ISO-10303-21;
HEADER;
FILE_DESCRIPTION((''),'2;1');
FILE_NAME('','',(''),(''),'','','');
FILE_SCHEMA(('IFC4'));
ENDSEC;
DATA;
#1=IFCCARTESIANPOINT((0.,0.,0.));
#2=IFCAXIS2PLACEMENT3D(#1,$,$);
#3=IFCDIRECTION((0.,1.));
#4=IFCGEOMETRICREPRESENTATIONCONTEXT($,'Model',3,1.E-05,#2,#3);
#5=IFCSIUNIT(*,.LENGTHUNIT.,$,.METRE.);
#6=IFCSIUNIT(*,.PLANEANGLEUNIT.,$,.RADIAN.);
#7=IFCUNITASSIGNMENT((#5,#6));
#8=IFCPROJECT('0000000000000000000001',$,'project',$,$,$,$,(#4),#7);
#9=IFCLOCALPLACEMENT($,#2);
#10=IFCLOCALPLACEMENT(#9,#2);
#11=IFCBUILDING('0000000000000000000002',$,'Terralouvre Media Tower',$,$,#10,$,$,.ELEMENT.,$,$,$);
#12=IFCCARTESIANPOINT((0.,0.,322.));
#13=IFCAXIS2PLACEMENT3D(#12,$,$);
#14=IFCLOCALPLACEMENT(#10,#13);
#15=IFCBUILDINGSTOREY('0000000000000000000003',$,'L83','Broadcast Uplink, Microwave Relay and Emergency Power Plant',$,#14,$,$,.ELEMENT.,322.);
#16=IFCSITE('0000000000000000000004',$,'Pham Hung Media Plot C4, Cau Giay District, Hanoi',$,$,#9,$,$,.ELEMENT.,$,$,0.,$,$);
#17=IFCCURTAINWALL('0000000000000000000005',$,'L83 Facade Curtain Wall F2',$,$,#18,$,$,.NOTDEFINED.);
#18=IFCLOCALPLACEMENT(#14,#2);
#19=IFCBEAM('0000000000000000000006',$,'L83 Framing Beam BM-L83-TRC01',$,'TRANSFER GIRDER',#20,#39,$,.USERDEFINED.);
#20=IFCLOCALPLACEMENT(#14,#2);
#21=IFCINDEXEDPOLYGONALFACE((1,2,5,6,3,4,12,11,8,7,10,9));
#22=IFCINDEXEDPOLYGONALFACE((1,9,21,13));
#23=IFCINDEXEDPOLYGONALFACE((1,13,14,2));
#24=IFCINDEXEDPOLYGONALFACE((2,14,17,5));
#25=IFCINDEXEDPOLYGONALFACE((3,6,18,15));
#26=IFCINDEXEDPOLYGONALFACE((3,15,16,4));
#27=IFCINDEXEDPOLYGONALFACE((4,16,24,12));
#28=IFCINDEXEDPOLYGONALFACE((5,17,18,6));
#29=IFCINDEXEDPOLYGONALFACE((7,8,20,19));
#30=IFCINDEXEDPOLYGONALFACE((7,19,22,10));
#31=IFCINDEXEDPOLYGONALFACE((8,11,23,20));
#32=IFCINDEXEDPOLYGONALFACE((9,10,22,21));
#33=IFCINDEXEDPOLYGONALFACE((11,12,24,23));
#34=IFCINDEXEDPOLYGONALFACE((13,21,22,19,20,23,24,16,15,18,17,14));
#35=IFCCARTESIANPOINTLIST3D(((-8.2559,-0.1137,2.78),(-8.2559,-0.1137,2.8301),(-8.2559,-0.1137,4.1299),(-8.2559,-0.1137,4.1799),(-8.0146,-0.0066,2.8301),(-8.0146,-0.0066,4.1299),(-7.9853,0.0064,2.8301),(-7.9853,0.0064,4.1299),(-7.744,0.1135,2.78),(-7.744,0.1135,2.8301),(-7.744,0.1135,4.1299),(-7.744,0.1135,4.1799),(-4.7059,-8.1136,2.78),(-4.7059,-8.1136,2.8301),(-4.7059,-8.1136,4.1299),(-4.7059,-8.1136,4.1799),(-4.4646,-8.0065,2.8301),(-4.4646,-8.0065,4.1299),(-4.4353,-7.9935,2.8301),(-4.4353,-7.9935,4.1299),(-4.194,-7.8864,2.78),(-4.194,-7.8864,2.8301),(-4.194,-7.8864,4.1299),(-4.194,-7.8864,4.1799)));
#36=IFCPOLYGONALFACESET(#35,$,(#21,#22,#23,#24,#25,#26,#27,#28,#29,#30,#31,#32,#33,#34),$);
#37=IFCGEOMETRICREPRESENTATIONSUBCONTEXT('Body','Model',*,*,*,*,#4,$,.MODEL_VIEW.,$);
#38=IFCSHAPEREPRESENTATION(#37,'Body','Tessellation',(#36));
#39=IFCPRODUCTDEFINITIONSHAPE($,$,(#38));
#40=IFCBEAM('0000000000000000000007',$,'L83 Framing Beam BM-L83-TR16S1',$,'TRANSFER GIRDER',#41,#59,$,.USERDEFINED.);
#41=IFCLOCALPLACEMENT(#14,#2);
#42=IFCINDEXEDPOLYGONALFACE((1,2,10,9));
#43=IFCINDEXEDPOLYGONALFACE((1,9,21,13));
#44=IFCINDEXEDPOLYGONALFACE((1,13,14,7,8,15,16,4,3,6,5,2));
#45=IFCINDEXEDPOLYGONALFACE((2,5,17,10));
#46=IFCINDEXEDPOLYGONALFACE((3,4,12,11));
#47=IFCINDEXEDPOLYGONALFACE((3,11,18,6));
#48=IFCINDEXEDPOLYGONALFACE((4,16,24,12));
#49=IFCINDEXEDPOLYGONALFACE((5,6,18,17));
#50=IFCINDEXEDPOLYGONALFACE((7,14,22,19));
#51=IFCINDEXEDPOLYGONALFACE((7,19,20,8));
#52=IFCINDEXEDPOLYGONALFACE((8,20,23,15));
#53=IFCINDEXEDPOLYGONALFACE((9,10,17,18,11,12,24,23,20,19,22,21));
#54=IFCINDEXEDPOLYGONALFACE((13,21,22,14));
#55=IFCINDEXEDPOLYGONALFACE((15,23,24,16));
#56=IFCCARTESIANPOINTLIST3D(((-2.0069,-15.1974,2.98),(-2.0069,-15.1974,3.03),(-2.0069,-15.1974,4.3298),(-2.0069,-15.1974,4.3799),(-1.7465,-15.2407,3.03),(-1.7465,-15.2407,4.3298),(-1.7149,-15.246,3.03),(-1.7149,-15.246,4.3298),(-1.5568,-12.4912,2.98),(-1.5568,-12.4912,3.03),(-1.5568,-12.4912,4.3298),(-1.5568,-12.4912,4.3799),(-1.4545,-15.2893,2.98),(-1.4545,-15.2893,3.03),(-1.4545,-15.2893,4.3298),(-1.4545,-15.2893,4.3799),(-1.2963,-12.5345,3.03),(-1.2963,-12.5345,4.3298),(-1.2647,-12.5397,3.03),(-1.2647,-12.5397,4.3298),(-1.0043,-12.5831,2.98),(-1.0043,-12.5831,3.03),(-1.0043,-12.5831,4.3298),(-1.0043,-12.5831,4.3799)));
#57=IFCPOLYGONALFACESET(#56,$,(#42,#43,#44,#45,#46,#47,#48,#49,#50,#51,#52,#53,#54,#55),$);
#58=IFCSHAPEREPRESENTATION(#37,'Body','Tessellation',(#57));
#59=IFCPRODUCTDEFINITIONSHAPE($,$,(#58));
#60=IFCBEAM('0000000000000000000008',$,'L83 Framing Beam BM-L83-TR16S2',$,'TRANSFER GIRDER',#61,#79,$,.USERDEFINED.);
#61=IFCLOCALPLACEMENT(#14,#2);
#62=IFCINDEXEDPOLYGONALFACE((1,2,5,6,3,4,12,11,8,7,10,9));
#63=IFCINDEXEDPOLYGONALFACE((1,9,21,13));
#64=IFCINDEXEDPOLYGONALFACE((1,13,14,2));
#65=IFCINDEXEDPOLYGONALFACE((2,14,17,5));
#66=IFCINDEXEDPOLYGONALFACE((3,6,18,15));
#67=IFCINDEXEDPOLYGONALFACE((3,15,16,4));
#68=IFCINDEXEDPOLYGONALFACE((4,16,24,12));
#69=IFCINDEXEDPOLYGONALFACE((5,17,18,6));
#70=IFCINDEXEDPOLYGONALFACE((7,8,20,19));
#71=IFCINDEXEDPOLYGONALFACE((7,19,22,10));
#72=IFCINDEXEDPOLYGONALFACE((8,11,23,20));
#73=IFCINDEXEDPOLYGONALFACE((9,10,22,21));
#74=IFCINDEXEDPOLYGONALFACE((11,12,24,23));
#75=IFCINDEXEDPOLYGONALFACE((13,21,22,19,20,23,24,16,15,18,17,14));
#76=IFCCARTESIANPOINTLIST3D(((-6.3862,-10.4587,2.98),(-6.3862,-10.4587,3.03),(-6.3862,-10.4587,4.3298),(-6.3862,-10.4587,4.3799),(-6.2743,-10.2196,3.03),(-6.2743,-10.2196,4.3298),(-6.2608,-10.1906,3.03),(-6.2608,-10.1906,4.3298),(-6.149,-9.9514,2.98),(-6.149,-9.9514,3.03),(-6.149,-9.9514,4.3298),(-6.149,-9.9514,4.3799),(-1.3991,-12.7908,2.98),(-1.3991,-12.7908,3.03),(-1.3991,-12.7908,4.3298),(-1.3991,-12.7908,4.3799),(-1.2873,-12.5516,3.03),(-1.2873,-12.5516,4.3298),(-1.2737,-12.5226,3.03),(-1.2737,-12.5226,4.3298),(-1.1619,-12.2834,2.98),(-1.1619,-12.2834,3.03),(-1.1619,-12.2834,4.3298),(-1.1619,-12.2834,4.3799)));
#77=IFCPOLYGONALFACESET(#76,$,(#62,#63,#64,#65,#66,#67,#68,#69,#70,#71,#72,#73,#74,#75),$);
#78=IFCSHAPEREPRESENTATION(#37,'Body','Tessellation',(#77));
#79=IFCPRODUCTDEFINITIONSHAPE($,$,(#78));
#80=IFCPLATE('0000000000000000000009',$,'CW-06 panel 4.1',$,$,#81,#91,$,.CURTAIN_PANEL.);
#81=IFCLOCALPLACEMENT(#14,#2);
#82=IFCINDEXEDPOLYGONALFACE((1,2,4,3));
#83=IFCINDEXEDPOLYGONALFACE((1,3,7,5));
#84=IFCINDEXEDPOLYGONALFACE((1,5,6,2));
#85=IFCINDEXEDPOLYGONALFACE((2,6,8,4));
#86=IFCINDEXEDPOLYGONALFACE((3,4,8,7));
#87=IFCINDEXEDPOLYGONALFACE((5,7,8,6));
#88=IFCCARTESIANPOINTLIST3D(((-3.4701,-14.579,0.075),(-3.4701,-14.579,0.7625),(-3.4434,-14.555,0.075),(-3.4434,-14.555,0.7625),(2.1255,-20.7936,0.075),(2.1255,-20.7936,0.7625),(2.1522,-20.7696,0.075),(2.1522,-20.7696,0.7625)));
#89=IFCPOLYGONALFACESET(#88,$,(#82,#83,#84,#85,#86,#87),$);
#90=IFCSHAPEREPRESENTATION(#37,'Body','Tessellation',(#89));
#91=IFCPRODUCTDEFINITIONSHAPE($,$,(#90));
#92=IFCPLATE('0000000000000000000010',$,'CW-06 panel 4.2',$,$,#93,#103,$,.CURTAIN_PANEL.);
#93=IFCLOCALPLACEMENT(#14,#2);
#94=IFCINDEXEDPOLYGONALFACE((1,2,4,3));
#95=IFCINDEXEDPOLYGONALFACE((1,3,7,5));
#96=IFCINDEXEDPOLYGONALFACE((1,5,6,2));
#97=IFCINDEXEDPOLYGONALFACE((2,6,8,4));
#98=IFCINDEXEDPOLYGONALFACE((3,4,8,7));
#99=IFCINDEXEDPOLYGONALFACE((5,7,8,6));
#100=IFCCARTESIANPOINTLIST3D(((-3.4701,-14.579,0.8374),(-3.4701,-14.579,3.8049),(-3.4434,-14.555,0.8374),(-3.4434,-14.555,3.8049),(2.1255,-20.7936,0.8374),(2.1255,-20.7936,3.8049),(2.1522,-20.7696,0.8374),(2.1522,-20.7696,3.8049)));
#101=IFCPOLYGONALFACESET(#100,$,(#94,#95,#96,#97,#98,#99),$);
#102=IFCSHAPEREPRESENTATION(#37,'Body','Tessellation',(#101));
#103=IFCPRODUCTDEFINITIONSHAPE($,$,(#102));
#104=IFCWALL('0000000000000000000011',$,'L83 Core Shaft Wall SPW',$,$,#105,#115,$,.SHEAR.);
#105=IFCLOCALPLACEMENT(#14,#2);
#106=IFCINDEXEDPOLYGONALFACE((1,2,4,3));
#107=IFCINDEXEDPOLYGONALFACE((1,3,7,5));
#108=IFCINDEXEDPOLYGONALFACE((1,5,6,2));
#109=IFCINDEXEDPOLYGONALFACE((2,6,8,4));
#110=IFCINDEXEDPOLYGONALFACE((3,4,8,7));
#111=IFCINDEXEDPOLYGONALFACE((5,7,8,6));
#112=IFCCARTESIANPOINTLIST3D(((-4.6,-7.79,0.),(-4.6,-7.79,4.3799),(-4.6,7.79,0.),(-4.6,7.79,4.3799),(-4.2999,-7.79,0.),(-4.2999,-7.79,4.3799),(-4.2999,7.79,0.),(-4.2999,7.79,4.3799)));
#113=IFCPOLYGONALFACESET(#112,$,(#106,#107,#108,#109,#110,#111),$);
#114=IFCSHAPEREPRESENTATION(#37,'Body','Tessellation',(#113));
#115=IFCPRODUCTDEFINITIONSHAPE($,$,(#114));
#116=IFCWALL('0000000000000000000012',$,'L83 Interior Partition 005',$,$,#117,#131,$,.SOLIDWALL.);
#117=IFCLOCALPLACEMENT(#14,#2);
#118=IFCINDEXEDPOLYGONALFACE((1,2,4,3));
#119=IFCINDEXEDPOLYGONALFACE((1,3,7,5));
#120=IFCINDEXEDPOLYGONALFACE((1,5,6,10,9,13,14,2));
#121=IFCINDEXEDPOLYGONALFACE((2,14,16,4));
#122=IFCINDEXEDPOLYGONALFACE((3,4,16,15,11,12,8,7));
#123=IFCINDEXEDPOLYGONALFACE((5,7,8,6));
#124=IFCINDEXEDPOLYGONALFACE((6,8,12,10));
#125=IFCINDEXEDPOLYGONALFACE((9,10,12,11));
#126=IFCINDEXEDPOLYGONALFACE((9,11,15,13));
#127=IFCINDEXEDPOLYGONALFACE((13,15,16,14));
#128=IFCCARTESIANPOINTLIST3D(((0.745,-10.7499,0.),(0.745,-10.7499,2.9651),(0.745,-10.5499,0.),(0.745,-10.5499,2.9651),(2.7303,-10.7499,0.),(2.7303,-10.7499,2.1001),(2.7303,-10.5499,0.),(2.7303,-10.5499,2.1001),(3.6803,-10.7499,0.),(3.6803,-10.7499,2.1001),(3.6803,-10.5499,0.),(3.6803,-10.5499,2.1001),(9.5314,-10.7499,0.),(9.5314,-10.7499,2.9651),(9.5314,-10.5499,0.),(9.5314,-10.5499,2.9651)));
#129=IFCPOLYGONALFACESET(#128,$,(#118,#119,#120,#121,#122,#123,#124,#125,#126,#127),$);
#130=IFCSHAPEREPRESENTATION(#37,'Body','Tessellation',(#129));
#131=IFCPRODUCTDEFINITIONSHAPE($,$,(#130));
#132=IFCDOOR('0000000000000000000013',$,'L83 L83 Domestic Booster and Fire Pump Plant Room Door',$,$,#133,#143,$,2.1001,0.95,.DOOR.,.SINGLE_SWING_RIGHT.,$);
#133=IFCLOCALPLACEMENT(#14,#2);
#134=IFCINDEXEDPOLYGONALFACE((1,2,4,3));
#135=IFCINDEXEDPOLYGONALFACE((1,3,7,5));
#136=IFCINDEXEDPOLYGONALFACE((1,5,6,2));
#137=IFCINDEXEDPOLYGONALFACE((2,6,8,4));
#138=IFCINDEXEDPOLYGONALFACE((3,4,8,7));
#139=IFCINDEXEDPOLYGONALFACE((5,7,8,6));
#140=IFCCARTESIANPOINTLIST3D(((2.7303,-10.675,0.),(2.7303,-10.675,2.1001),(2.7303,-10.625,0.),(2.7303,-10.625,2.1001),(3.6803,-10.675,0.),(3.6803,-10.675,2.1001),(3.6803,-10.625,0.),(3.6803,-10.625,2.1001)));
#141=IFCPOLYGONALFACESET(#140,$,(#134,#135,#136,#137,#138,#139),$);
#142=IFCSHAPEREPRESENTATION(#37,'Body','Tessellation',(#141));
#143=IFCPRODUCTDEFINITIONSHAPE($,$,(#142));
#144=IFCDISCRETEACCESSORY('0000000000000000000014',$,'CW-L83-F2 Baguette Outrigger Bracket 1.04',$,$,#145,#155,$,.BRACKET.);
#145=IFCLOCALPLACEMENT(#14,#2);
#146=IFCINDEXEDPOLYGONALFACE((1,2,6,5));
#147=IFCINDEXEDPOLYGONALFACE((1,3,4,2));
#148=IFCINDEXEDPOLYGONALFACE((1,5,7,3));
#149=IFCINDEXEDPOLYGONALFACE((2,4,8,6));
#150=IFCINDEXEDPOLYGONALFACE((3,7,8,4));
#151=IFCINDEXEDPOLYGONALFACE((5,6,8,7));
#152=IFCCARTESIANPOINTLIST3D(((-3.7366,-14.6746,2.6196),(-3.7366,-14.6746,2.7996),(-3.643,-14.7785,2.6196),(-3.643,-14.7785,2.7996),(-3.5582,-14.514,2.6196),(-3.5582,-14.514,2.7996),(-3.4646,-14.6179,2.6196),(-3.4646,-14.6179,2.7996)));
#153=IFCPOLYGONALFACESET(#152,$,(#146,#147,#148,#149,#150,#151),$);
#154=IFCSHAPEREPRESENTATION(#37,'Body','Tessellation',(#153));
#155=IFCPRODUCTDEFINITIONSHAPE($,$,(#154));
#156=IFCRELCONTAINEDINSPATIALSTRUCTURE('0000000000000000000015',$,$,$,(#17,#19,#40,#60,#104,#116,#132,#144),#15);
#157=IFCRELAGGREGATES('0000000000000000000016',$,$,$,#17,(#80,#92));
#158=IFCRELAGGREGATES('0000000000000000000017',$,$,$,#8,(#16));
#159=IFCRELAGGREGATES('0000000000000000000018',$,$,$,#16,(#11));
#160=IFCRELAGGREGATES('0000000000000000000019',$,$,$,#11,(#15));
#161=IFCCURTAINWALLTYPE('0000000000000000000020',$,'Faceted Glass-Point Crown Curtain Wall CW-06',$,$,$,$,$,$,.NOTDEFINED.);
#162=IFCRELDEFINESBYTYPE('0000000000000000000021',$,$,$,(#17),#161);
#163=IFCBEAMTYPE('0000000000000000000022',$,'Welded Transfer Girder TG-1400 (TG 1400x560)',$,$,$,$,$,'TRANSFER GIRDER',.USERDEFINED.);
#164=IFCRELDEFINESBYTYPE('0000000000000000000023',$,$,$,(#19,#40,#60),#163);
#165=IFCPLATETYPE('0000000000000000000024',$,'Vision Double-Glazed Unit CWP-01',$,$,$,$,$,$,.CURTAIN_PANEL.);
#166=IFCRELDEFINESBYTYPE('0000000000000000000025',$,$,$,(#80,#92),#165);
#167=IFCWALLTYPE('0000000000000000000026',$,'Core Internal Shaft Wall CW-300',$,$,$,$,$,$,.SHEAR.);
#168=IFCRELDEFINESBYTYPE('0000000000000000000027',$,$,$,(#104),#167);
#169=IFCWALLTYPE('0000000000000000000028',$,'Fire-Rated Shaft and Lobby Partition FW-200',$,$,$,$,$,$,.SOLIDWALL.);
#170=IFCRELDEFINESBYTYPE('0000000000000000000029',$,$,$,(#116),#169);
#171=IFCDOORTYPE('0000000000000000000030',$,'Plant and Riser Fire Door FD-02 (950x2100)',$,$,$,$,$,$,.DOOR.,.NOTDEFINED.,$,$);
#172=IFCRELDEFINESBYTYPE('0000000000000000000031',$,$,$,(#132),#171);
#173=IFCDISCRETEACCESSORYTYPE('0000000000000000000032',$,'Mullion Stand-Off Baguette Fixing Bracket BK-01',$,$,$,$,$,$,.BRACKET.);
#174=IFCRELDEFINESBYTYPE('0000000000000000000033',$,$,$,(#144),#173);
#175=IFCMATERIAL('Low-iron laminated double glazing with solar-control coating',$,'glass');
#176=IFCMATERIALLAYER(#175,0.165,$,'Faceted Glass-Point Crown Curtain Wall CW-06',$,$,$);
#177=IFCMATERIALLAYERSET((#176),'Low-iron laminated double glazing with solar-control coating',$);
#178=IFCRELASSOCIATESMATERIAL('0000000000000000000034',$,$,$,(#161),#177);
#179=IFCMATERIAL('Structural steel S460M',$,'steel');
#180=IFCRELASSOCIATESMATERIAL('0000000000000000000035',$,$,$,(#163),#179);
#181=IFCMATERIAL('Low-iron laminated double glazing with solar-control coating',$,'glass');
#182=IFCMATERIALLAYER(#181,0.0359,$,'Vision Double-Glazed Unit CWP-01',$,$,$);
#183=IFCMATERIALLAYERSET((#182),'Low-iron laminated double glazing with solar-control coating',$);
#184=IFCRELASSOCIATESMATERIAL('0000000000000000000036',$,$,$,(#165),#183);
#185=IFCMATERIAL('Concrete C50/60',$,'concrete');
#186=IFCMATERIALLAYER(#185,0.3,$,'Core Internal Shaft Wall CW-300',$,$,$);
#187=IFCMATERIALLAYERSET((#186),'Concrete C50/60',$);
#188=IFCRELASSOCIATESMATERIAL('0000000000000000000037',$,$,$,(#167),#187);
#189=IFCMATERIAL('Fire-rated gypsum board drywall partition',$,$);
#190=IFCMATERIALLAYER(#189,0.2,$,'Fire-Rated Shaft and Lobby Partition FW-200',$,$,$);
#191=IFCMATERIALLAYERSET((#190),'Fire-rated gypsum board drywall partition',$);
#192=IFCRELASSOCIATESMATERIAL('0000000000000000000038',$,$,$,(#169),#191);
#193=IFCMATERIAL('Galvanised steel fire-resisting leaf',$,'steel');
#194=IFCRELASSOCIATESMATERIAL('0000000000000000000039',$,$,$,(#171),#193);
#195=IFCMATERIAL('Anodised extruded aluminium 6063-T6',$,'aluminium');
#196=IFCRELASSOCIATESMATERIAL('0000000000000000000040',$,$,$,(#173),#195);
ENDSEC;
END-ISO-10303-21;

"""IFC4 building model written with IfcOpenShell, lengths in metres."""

from ifc_helpers import new_model, si_unit, direction, frame, frame_2d, origin, origin_2d, place, context, subcontext, project, spatial, rectangle, i_section, extrude, material, layer, layer_set, material_profile, profile_set, type_object, element, fill, aggregate, save


model = new_model("IFC4")

# Units and contexts
model_context = context("Model", 3, precision=1e-05, world=origin(), true_north=direction((0.0, 1.0)))
body_context = subcontext(model_context, "Body", "Model", "MODEL_VIEW")
ifc_project = project(units=[si_unit("LENGTHUNIT", "METRE"), si_unit("PLANEANGLEUNIT", "RADIAN")], contexts=[model_context])

# Site, building, storey
site_placement = place(None, origin())
site = spatial("IfcSite", under=ifc_project, at=site_placement, Name="Pham Hung Media Plot C4, Cau Giay District, Hanoi", CompositionType="ELEMENT", RefElevation=0.0)
building_placement = place(site_placement, origin())
building = spatial("IfcBuilding", under=site, at=building_placement, Name="Terralouvre Media Tower", CompositionType="ELEMENT")
storey_placement = place(building_placement, frame((0.0, 0.0, 322.0)))
storey = spatial("IfcBuildingStorey", under=building, at=storey_placement, Name="L83", Description="Broadcast Uplink, Microwave Relay and Emergency Power Plant", CompositionType="ELEMENT", Elevation=322.0)

# Curtain wall
ifc_material_1 = material(Name="Low-iron laminated double glazing with solar-control coating", Category="glass")
ifc_layer_1 = layer(ifc_material_1, 0.165, Name="Faceted Glass-Point Crown Curtain Wall CW-06")
ifc_layer_set_1 = layer_set([ifc_layer_1], Name="Low-iron laminated double glazing with solar-control coating")
curtain_wall_type = type_object("IfcCurtainWallType", Name="Faceted Glass-Point Crown Curtain Wall CW-06", PredefinedType="NOTDEFINED", material=ifc_layer_set_1)
curtain_wall_placement = place(storey_placement, origin())
curtain_wall = element("IfcCurtainWall", 1, at=curtain_wall_placement, inside=storey, type_object=curtain_wall_type, Name="L83 Facade Curtain Wall F2", PredefinedType="NOTDEFINED")

# Beams
ifc_material_2 = material(Name="Structural steel S460M", Category="steel")
ifc_material_profile_1 = material_profile(ifc_material_2, i_section(OverallWidth=0.5601, OverallDepth=1.3999, WebThickness=0.032, FlangeThickness=0.05, at=origin_2d()), Name="TG 1400x560")
ifc_profile_set_1 = profile_set([ifc_material_profile_1], Name="Structural steel S460M")
beam_type = type_object("IfcBeamType", Name="Welded Transfer Girder TG-1400 (TG 1400x560)", ElementType="TRANSFER GIRDER", PredefinedType="USERDEFINED", material=ifc_profile_set_1)
beam_1_placement = place(storey_placement, frame((-4.45, -8.0, 3.48), z_axis=(-0.405613, 0.914045, 0.0), x_axis=(-0.914045, -0.405613, 0.0)))
element("IfcBeam", 2, at=beam_1_placement, inside=storey, type_object=beam_type, Name="L83 Framing Beam BM-L83-TRC01", ObjectType="TRANSFER GIRDER", PredefinedType="USERDEFINED", context=body_context, shape_type="SweptSolid", body=[
    extrude(i_section(OverallWidth=0.5601, OverallDepth=1.3999, WebThickness=0.032, FlangeThickness=0.05, at=origin_2d()), origin(), (0.0, 0.0, 1.0), 8.7522),
])
beam_2_placement = place(storey_placement, frame((-1.2805, -12.5371, 3.6799), z_axis=(-0.164096, -0.986444, 0.0), x_axis=(0.986444, -0.164096, 0.0)))
element("IfcBeam", 3, at=beam_2_placement, inside=storey, type_object=beam_type, Name="L83 Framing Beam BM-L83-TR16S1", ObjectType="TRANSFER GIRDER", PredefinedType="USERDEFINED", context=body_context, shape_type="SweptSolid", body=[
    extrude(i_section(OverallWidth=0.5601, OverallDepth=1.3999, WebThickness=0.032, FlangeThickness=0.05, at=origin_2d()), origin(), (0.0, 0.0, 1.0), 2.7434),
])
beam_3_placement = place(storey_placement, frame((-1.2805, -12.5371, 3.6799), z_axis=(-0.905853, 0.423592, 0.0), x_axis=(-0.423592, -0.905853, 0.0)))
element("IfcBeam", 4, at=beam_3_placement, inside=storey, type_object=beam_type, Name="L83 Framing Beam BM-L83-TR16S2", ObjectType="TRANSFER GIRDER", PredefinedType="USERDEFINED", context=body_context, shape_type="SweptSolid", body=[
    extrude(i_section(OverallWidth=0.5601, OverallDepth=1.3999, WebThickness=0.032, FlangeThickness=0.05, at=origin_2d()), origin(), (0.0, 0.0, 1.0), 5.5054),
])

# Plates
ifc_material_3 = material(Name="Low-iron laminated double glazing with solar-control coating", Category="glass")
ifc_layer_2 = layer(ifc_material_3, 0.0359, Name="Vision Double-Glazed Unit CWP-01")
ifc_layer_set_2 = layer_set([ifc_layer_2], Name="Low-iron laminated double glazing with solar-control coating")
plate_type = type_object("IfcPlateType", Name="Vision Double-Glazed Unit CWP-01", PredefinedType="CURTAIN_PANEL", material=ifc_layer_set_2)
plate_1_placement = place(storey_placement, frame((-0.6589, -17.6743, 0.075), z_axis=(0.0, 0.0, 1.0), x_axis=(0.669131, -0.743145, 0.0)))
plate_1 = element("IfcPlate", 5, at=plate_1_placement, type_object=plate_type, Name="CW-06 panel 4.1", PredefinedType="CURTAIN_PANEL", context=body_context, shape_type="SweptSolid", body=[
    extrude(rectangle(XDim=8.3625, YDim=0.0359, at=origin_2d()), origin(), (0.0, 0.0, 1.0), 0.6875),
])
plate_2_placement = place(storey_placement, frame((-0.6589, -17.6743, 0.8374), z_axis=(0.0, 0.0, 1.0), x_axis=(0.669131, -0.743145, 0.0)))
plate_2 = element("IfcPlate", 6, at=plate_2_placement, type_object=plate_type, Name="CW-06 panel 4.2", PredefinedType="CURTAIN_PANEL", context=body_context, shape_type="SweptSolid", body=[
    extrude(rectangle(XDim=8.3625, YDim=0.0359, at=origin_2d()), origin(), (0.0, 0.0, 1.0), 2.9675),
])
aggregate(curtain_wall, [plate_1, plate_2])

# Wall
ifc_material_4 = material(Name="Concrete C50/60", Category="concrete")
ifc_layer_3 = layer(ifc_material_4, 0.3, Name="Core Internal Shaft Wall CW-300")
ifc_layer_set_3 = layer_set([ifc_layer_3], Name="Concrete C50/60")
wall_type_1 = type_object("IfcWallType", Name="Core Internal Shaft Wall CW-300", PredefinedType="SHEAR", material=ifc_layer_set_3)
wall_1_placement = place(storey_placement, frame((-4.45, -7.79, 0.0), z_axis=(0.0, 0.0, 1.0), x_axis=(0.0, 1.0, 0.0)))
element("IfcWall", 7, at=wall_1_placement, inside=storey, type_object=wall_type_1, Name="L83 Core Shaft Wall SPW", PredefinedType="SHEAR", context=body_context, shape_type="SweptSolid", body=[
    extrude(rectangle(XDim=15.5801, YDim=0.3, at=frame_2d((7.79, 0.0))), origin(), (0.0, 0.0, 1.0), 4.3799),
])

# Wall, opening, door
ifc_material_5 = material(Name="Fire-rated gypsum board drywall partition")
ifc_layer_4 = layer(ifc_material_5, 0.2, Name="Fire-Rated Shaft and Lobby Partition FW-200")
ifc_layer_set_4 = layer_set([ifc_layer_4], Name="Fire-rated gypsum board drywall partition")
wall_type_2 = type_object("IfcWallType", Name="Fire-Rated Shaft and Lobby Partition FW-200", PredefinedType="SOLIDWALL", material=ifc_layer_set_4)
wall_2_placement = place(storey_placement, frame((0.7451, -10.6499, 0.0), z_axis=(0.0, 0.0, 1.0), x_axis=(1.0, 0.0, 0.0)))
wall_2 = element("IfcWall", 8, at=wall_2_placement, inside=storey, type_object=wall_type_2, Name="L83 Interior Partition 005", PredefinedType="SOLIDWALL", context=body_context, shape_type="SweptSolid", body=[
    extrude(rectangle(XDim=8.7864, YDim=0.2, at=frame_2d((4.3931, 0.0))), origin(), (0.0, 0.0, 1.0), 2.9651),
])
opening_placement = place(wall_2_placement, frame((1.9851, 0.0, 0.0)))
opening = element("IfcOpeningElement", 9, at=opening_placement, cuts=wall_2, PredefinedType="OPENING", context=body_context, shape_type="SweptSolid", body=[
    extrude(rectangle(XDim=0.95, YDim=2.1001, at=frame_2d((0.4751, 1.05))), frame((0.0, 0.1099, 0.0), z_axis=(0.0, -1.0, 0.0), x_axis=(1.0, 0.0, 0.0)), (0.0, 0.0, 1.0), 0.22),
])
ifc_material_6 = material(Name="Galvanised steel fire-resisting leaf", Category="steel")
door_type = type_object("IfcDoorType", Name="Plant and Riser Fire Door FD-02 (950x2100)", OperationType="NOTDEFINED", PredefinedType="DOOR", material=ifc_material_6)
door_placement = place(opening_placement, origin())
door = element("IfcDoor", 10, at=door_placement, inside=storey, type_object=door_type, Name="L83 L83 Domestic Booster and Fire Pump Plant Room Door", OperationType="SINGLE_SWING_RIGHT", OverallHeight=2.1001, OverallWidth=0.95, PredefinedType="DOOR", context=body_context, shape_type="SweptSolid", body=[
    extrude(rectangle(XDim=0.95, YDim=2.1001, at=frame_2d((0.4751, 1.05))), frame((0.0, 0.0249, 0.0), z_axis=(0.0, -1.0, 0.0), x_axis=(1.0, 0.0, 0.0)), (0.0, 0.0, 1.0), 0.05),
])
fill(opening, door)

# Discrete accessory
ifc_material_7 = material(Name="Anodised extruded aluminium 6063-T6", Category="aluminium")
discrete_accessory_type = type_object("IfcDiscreteAccessoryType", Name="Mullion Stand-Off Baguette Fixing Bracket BK-01", PredefinedType="BRACKET", material=ifc_material_7)
discrete_accessory_placement = place(storey_placement, frame((-3.6006, -14.6462, 2.6196), z_axis=(0.0, 0.0, 1.0), x_axis=(0.669131, -0.743145, 0.0)))
element("IfcDiscreteAccessory", 11, at=discrete_accessory_placement, inside=storey, type_object=discrete_accessory_type, Name="CW-L83-F2 Baguette Outrigger Bracket 1.04", PredefinedType="BRACKET", context=body_context, shape_type="SweptSolid", body=[
    extrude(rectangle(XDim=0.1399, YDim=0.24, at=origin_2d()), origin(), (0.0, 0.0, 1.0), 0.1799),
])

save(model, "model.ifc")
